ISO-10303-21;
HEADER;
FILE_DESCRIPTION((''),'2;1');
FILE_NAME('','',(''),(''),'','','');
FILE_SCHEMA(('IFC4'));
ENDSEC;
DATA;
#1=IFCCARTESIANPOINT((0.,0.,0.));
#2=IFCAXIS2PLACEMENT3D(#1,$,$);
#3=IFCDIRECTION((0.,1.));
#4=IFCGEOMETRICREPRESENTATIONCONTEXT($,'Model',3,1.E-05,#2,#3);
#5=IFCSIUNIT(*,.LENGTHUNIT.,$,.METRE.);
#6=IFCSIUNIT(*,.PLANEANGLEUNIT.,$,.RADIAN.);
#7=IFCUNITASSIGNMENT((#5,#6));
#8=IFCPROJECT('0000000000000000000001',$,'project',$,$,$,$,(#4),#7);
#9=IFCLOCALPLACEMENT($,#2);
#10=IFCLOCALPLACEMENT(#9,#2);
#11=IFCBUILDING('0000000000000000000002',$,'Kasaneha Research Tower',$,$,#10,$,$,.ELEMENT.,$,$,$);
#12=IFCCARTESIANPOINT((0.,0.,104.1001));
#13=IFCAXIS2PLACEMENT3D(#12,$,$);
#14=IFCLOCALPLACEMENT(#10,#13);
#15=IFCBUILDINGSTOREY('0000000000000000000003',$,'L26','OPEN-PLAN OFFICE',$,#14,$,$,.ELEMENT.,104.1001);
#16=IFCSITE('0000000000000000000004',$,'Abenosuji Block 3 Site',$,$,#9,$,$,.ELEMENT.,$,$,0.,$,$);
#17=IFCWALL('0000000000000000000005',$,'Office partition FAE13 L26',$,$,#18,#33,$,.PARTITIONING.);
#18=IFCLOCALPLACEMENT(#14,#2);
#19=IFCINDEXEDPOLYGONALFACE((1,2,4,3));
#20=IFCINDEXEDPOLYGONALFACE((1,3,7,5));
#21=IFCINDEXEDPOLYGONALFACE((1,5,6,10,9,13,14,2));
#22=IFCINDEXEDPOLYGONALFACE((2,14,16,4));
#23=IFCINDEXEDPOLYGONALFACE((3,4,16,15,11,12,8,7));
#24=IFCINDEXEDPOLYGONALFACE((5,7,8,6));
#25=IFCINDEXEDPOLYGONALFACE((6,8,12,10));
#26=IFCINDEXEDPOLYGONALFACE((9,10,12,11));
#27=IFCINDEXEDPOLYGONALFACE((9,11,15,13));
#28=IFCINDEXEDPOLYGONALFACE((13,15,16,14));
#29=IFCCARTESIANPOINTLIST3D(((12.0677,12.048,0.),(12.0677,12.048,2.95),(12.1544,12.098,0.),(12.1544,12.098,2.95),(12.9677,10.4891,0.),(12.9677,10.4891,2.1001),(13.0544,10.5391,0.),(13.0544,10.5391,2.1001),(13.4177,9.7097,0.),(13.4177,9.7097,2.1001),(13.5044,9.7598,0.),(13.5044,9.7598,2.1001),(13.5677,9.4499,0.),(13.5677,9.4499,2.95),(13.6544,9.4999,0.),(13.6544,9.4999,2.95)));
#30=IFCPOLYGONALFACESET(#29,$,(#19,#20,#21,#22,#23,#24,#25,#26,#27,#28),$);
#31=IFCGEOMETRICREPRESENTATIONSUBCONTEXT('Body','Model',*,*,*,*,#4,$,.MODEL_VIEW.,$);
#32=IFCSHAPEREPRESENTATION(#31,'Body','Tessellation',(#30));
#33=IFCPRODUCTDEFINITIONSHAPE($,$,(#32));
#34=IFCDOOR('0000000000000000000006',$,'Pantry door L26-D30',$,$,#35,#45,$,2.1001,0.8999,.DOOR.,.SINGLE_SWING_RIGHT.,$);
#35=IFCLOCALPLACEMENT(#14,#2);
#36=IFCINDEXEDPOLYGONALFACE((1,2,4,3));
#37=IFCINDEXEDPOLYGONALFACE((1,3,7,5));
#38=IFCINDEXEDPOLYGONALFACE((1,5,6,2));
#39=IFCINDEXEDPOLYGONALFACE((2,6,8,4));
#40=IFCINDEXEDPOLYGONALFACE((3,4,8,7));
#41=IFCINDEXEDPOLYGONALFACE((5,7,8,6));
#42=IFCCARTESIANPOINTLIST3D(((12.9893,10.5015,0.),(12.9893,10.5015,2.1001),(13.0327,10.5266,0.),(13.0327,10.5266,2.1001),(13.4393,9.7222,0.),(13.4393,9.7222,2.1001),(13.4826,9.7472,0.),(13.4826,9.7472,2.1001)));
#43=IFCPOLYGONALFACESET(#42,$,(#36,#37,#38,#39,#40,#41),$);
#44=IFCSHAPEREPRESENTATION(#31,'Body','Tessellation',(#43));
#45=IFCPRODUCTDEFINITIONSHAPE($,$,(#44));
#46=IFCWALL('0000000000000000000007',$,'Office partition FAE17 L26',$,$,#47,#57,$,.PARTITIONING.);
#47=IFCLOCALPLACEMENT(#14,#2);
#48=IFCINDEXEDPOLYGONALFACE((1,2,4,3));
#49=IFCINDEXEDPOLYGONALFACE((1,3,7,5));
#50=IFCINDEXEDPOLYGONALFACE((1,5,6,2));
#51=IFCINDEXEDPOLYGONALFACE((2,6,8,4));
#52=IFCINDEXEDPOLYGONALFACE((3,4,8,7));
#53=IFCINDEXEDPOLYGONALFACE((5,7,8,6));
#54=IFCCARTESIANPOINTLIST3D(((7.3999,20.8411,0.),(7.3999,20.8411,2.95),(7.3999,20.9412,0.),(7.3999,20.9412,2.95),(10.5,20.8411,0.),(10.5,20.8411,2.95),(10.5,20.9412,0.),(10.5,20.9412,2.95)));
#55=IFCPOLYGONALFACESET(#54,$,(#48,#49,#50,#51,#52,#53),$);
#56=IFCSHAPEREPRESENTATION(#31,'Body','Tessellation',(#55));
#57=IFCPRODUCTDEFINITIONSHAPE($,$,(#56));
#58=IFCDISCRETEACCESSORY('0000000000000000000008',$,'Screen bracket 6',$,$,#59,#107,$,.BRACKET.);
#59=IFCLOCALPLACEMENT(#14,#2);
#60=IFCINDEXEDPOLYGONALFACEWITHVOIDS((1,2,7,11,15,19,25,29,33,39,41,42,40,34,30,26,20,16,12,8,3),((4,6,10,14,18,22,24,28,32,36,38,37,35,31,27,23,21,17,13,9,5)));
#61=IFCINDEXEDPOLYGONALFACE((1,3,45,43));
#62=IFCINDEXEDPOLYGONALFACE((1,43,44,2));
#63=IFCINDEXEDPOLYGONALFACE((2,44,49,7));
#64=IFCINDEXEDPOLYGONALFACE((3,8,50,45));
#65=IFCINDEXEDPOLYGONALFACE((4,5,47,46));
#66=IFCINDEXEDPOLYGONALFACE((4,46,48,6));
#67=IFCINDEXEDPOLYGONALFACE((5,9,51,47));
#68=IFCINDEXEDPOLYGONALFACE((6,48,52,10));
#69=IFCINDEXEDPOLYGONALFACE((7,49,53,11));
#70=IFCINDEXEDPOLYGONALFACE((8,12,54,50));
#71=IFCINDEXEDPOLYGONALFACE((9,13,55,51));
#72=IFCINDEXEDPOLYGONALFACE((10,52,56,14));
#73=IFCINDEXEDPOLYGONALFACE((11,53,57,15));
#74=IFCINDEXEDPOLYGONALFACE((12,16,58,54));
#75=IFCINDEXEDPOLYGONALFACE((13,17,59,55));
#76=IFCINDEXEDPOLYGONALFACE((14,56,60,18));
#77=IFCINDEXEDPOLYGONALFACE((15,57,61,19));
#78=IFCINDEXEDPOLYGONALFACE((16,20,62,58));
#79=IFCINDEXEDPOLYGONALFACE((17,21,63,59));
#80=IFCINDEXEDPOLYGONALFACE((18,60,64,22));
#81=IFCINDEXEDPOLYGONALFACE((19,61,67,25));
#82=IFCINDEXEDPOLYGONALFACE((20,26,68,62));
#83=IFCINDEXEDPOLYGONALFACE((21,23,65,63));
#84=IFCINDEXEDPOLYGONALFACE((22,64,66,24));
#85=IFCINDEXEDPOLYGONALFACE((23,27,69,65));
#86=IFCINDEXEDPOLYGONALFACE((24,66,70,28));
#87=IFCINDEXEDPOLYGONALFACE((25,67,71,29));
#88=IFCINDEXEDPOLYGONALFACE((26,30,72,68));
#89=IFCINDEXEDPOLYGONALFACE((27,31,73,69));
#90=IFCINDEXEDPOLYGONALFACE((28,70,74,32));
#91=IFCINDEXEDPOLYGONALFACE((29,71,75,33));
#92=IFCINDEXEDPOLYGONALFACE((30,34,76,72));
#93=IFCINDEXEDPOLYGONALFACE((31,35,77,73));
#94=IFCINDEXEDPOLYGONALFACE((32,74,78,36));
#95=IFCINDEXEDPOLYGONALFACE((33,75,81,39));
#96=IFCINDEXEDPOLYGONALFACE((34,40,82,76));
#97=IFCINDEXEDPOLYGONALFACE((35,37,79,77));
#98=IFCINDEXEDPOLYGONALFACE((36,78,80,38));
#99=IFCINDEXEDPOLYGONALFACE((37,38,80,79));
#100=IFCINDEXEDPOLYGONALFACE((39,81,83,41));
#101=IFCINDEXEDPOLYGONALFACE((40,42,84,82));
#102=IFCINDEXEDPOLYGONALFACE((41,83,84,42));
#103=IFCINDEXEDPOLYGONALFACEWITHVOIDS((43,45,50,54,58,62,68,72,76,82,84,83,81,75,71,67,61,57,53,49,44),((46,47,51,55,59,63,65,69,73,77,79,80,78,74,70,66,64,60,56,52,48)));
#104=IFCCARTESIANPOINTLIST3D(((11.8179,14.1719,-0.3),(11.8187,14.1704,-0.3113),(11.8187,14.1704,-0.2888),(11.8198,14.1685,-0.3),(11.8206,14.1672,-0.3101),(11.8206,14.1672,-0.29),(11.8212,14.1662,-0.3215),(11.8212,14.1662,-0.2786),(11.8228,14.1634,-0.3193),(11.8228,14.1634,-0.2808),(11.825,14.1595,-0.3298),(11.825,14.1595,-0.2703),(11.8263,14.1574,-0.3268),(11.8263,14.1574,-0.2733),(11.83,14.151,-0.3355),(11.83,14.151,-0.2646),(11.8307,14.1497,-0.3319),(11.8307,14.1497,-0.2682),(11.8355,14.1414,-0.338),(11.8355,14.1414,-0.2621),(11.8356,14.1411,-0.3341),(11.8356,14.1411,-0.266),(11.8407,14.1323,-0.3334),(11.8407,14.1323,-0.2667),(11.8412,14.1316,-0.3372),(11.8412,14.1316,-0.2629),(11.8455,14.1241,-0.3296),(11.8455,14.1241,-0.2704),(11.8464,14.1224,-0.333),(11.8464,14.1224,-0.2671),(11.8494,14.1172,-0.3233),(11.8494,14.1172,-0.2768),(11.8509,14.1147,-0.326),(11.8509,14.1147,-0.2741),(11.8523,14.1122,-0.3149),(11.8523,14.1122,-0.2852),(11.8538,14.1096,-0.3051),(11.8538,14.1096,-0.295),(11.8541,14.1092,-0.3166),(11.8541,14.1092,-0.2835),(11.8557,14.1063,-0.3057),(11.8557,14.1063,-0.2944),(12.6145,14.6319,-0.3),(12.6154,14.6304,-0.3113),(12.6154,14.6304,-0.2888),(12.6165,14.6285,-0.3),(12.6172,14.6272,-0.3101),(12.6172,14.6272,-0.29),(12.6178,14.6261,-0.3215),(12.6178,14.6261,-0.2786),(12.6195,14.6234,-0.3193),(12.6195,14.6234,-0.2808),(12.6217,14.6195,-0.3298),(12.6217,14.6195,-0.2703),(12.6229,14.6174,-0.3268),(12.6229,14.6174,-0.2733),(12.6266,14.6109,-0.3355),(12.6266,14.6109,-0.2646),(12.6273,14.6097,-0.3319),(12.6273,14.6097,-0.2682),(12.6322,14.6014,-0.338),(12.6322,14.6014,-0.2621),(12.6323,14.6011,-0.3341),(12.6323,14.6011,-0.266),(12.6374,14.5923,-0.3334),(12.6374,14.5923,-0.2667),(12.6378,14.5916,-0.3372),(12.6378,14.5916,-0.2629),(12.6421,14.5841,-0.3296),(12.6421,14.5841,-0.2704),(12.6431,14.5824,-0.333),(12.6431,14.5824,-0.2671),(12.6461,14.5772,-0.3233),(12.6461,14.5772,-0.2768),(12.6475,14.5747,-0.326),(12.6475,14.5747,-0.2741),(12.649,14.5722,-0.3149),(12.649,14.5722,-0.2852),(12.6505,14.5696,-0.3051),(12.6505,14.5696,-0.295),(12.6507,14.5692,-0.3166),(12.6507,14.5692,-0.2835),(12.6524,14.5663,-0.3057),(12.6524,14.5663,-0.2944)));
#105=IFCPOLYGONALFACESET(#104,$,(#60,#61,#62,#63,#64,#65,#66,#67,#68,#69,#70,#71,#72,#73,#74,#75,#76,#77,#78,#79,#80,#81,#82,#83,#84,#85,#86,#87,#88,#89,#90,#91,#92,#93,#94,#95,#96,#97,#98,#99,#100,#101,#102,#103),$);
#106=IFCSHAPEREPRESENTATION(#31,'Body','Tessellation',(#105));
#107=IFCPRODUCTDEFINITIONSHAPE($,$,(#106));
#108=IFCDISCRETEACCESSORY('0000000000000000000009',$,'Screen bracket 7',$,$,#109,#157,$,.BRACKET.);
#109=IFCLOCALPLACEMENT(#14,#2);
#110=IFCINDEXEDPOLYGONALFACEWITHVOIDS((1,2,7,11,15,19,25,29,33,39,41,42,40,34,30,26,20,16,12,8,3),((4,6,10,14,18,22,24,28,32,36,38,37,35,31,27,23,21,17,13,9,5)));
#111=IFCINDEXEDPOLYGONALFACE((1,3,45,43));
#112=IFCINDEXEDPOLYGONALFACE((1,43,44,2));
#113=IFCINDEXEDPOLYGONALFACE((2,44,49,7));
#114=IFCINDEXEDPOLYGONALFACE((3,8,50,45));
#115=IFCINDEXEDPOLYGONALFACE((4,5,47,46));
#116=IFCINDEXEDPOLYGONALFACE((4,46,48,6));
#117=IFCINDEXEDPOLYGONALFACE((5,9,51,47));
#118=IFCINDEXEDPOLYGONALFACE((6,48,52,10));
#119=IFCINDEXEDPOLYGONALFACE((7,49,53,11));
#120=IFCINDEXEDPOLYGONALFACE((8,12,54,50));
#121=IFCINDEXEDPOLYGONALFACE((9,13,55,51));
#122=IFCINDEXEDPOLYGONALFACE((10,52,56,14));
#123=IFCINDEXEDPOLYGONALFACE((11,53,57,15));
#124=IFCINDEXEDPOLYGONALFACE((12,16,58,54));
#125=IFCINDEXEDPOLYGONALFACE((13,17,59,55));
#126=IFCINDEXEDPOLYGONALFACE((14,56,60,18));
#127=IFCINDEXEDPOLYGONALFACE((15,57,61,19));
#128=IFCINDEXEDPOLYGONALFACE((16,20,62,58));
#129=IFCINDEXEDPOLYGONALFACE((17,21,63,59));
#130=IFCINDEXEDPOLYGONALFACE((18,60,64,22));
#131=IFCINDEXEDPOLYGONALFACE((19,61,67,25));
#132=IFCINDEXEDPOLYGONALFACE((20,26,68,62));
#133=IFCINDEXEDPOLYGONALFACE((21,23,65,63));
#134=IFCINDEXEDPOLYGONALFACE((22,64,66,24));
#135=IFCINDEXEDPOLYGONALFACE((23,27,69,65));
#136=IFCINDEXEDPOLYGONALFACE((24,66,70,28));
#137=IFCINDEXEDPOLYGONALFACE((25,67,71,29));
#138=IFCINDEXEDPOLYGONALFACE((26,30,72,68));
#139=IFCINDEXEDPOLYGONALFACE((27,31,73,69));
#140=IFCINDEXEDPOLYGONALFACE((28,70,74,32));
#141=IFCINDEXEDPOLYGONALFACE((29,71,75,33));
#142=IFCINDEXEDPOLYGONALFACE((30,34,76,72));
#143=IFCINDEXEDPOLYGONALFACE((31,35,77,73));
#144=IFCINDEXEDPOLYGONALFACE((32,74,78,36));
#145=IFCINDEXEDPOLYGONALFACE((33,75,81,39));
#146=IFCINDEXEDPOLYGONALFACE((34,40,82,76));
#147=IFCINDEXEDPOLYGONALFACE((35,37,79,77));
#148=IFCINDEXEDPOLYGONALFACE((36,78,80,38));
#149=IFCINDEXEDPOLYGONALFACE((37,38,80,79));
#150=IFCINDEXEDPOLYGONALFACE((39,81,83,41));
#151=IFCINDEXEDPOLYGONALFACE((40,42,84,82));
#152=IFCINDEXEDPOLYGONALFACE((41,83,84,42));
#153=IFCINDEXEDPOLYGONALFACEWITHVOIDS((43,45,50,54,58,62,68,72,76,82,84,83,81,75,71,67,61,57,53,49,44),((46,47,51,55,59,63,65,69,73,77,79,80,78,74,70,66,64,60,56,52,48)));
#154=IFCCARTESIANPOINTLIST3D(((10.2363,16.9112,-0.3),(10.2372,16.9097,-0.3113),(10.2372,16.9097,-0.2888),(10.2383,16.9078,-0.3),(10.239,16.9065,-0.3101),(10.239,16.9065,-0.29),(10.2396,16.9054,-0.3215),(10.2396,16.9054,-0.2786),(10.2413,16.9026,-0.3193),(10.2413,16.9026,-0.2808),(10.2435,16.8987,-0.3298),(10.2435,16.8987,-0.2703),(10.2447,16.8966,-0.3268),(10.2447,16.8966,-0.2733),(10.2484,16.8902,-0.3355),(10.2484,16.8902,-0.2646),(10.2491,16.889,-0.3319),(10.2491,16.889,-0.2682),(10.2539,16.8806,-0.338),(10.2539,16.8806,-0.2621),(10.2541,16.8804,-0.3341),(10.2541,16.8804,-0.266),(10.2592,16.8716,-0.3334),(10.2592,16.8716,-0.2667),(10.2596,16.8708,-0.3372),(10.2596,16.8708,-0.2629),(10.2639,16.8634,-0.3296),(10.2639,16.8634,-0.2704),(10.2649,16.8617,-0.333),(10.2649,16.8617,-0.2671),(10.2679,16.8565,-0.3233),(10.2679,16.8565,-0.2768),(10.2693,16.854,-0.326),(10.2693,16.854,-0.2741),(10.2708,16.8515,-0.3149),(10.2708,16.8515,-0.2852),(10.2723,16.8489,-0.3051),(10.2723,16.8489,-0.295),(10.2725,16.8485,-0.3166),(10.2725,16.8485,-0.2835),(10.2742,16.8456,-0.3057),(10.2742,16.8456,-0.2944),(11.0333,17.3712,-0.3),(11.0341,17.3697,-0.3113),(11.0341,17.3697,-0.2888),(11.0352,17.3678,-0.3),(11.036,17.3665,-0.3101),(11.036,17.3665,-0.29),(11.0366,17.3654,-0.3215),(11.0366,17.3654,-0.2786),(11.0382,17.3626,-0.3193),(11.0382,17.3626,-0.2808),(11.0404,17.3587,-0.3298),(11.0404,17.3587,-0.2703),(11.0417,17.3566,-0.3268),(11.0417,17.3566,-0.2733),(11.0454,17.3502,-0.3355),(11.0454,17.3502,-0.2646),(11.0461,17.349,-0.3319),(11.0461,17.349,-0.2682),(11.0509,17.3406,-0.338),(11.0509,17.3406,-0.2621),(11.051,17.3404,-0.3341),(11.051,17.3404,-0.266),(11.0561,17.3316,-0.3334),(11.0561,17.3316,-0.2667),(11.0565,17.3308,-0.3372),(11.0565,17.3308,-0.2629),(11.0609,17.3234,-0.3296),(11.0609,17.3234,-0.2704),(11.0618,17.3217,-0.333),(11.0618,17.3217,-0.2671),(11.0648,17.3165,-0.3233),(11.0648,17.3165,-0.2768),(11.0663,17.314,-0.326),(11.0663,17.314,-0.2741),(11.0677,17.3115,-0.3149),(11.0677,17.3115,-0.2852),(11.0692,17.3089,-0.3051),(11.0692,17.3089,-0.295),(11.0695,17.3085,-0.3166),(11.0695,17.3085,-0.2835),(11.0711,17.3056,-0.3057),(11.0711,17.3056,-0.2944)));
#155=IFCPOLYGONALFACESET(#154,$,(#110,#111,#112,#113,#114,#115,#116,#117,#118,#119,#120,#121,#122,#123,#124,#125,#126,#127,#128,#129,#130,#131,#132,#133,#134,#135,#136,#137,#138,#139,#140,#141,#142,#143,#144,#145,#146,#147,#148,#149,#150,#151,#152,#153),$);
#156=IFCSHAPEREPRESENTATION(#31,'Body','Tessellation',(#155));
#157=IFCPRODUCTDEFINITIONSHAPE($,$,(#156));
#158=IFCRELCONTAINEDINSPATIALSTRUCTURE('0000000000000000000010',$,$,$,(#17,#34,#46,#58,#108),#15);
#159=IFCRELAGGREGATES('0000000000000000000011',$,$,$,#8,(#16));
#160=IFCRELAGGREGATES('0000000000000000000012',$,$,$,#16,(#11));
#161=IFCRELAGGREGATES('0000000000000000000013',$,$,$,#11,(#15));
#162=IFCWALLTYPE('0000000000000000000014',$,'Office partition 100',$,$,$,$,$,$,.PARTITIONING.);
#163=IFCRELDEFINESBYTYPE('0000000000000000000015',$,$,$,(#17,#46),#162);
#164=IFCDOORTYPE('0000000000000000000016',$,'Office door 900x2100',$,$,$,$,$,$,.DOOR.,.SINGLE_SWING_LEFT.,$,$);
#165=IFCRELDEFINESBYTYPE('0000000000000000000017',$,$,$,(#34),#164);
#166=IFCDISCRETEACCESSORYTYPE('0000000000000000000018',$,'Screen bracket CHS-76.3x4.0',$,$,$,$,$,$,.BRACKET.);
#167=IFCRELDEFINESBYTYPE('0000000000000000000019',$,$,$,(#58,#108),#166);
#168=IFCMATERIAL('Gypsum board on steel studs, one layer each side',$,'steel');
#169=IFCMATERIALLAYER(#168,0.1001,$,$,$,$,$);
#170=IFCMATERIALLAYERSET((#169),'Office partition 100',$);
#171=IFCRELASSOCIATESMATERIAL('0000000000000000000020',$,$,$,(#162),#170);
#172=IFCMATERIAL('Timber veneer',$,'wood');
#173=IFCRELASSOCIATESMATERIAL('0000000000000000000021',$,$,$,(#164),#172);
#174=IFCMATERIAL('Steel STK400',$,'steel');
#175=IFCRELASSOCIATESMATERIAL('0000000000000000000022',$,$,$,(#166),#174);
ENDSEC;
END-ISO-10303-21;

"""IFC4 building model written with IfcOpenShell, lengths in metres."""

from ifc_helpers import new_model, si_unit, direction, frame, frame_2d, origin, origin_2d, place, context, subcontext, project, spatial, rectangle, hollow_circle, extrude, material, layer, layer_set, material_profile, profile_set, type_object, element, fill, save


model = new_model("IFC4")

# Units and contexts
model_context = context("Model", 3, precision=1e-05, world=origin(), true_north=direction((0.0, 1.0)))
body_context = subcontext(model_context, "Body", "Model", "MODEL_VIEW")
ifc_project = project(units=[si_unit("LENGTHUNIT", "METRE"), si_unit("PLANEANGLEUNIT", "RADIAN")], contexts=[model_context])

# Site, building, storey
site_placement = place(None, origin())
site = spatial("IfcSite", under=ifc_project, at=site_placement, Name="Abenosuji Block 3 Site", CompositionType="ELEMENT", RefElevation=0.0)
building_placement = place(site_placement, origin())
building = spatial("IfcBuilding", under=site, at=building_placement, Name="Kasaneha Research Tower", CompositionType="ELEMENT")
storey_placement = place(building_placement, frame((0.0, 0.0, 104.1001)))
storey = spatial("IfcBuildingStorey", under=building, at=storey_placement, Name="L26", Description="OPEN-PLAN OFFICE", CompositionType="ELEMENT", Elevation=104.1001)

# Wall, opening, door
ifc_material_1 = material(Name="Gypsum board on steel studs, one layer each side", Category="steel")
ifc_layer_1 = layer(ifc_material_1, 0.1001)
ifc_layer_set_1 = layer_set([ifc_layer_1], Name="Office partition 100")
wall_type = type_object("IfcWallType", Name="Office partition 100", PredefinedType="PARTITIONING", material=ifc_layer_set_1)
wall_1_placement = place(storey_placement, frame((12.1111, 12.073, 0.0), z_axis=(0.0, 0.0, 1.0), x_axis=(0.49999, -0.866031, 0.0)))
wall_1 = element("IfcWall", 1, at=wall_1_placement, inside=storey, type_object=wall_type, Name="Office partition FAE13 L26", PredefinedType="PARTITIONING", context=body_context, shape_type="SweptSolid", body=[
    extrude(rectangle(XDim=3.0, YDim=0.1001, at=frame_2d((1.5, 0.0))), origin(), (0.0, 0.0, 1.0), 2.95),
])
opening_placement = place(wall_1_placement, frame((1.8, 0.0, 0.0)))
opening = element("IfcOpeningElement", 2, at=opening_placement, cuts=wall_1, PredefinedType="OPENING", context=body_context, shape_type="SweptSolid", body=[
    extrude(rectangle(XDim=0.8999, YDim=2.1001, at=frame_2d((0.45, 1.05))), frame((0.0, 0.0601, 0.0), z_axis=(0.0, -1.0, 0.0), x_axis=(1.0, 0.0, 0.0)), (0.0, 0.0, 1.0), 0.1201),
])
ifc_material_2 = material(Name="Timber veneer", Category="wood")
door_type = type_object("IfcDoorType", Name="Office door 900x2100", OperationType="SINGLE_SWING_LEFT", PredefinedType="DOOR", material=ifc_material_2)
door_placement = place(opening_placement, origin())
door = element("IfcDoor", 3, at=door_placement, inside=storey, type_object=door_type, Name="Pantry door L26-D30", OperationType="SINGLE_SWING_RIGHT", OverallHeight=2.1001, OverallWidth=0.8999, PredefinedType="DOOR", context=body_context, shape_type="SweptSolid", body=[
    extrude(rectangle(XDim=0.8999, YDim=2.1001, at=frame_2d((0.45, 1.05))), frame((0.0, 0.0249, 0.0), z_axis=(0.0, -1.0, 0.0), x_axis=(1.0, 0.0, 0.0)), (0.0, 0.0, 1.0), 0.05),
])
fill(opening, door)

# Wall
wall_2_placement = place(storey_placement, frame((10.5, 20.8911, 0.0), z_axis=(0.0, 0.0, 1.0), x_axis=(-1.0, 0.0, 0.0)))
element("IfcWall", 4, at=wall_2_placement, inside=storey, type_object=wall_type, Name="Office partition FAE17 L26", PredefinedType="PARTITIONING", context=body_context, shape_type="SweptSolid", body=[
    extrude(rectangle(XDim=3.1001, YDim=0.1001, at=frame_2d((1.55, 0.0))), origin(), (0.0, 0.0, 1.0), 2.95),
])

# Discrete accessories
ifc_material_3 = material(Name="Steel STK400", Category="steel")
ifc_material_profile_1 = material_profile(ifc_material_3, hollow_circle(Radius=0.0381, WallThickness=0.0039, at=origin_2d()), Name="CHS-76.3x4.0")
ifc_profile_set_1 = profile_set([ifc_material_profile_1], Name="Steel STK400")
discrete_accessory_type = type_object("IfcDiscreteAccessoryType", Name="Screen bracket CHS-76.3x4.0", PredefinedType="BRACKET", material=ifc_profile_set_1)
discrete_accessory_1_placement = place(storey_placement, frame((11.8369, 14.1389, -0.3), z_axis=(0.866013, 0.500021, 0.0), x_axis=(-0.500021, 0.866013, 0.0)))
element("IfcDiscreteAccessory", 5, at=discrete_accessory_1_placement, inside=storey, type_object=discrete_accessory_type, Name="Screen bracket 6", PredefinedType="BRACKET", context=body_context, shape_type="SweptSolid", body=[
    extrude(hollow_circle(Radius=0.0381, WallThickness=0.0039, at=origin_2d()), origin(), (0.0, 0.0, 1.0), 0.9199),
])
discrete_accessory_2_placement = place(storey_placement, frame((10.2554, 16.8782, -0.3), z_axis=(0.86608, 0.499906, 0.0), x_axis=(-0.499906, 0.86608, 0.0)))
element("IfcDiscreteAccessory", 6, at=discrete_accessory_2_placement, inside=storey, type_object=discrete_accessory_type, Name="Screen bracket 7", PredefinedType="BRACKET", context=body_context, shape_type="SweptSolid", body=[
    extrude(hollow_circle(Radius=0.0381, WallThickness=0.0039, at=origin_2d()), origin(), (0.0, 0.0, 1.0), 0.9202),
])

save(model, "model.ifc")
